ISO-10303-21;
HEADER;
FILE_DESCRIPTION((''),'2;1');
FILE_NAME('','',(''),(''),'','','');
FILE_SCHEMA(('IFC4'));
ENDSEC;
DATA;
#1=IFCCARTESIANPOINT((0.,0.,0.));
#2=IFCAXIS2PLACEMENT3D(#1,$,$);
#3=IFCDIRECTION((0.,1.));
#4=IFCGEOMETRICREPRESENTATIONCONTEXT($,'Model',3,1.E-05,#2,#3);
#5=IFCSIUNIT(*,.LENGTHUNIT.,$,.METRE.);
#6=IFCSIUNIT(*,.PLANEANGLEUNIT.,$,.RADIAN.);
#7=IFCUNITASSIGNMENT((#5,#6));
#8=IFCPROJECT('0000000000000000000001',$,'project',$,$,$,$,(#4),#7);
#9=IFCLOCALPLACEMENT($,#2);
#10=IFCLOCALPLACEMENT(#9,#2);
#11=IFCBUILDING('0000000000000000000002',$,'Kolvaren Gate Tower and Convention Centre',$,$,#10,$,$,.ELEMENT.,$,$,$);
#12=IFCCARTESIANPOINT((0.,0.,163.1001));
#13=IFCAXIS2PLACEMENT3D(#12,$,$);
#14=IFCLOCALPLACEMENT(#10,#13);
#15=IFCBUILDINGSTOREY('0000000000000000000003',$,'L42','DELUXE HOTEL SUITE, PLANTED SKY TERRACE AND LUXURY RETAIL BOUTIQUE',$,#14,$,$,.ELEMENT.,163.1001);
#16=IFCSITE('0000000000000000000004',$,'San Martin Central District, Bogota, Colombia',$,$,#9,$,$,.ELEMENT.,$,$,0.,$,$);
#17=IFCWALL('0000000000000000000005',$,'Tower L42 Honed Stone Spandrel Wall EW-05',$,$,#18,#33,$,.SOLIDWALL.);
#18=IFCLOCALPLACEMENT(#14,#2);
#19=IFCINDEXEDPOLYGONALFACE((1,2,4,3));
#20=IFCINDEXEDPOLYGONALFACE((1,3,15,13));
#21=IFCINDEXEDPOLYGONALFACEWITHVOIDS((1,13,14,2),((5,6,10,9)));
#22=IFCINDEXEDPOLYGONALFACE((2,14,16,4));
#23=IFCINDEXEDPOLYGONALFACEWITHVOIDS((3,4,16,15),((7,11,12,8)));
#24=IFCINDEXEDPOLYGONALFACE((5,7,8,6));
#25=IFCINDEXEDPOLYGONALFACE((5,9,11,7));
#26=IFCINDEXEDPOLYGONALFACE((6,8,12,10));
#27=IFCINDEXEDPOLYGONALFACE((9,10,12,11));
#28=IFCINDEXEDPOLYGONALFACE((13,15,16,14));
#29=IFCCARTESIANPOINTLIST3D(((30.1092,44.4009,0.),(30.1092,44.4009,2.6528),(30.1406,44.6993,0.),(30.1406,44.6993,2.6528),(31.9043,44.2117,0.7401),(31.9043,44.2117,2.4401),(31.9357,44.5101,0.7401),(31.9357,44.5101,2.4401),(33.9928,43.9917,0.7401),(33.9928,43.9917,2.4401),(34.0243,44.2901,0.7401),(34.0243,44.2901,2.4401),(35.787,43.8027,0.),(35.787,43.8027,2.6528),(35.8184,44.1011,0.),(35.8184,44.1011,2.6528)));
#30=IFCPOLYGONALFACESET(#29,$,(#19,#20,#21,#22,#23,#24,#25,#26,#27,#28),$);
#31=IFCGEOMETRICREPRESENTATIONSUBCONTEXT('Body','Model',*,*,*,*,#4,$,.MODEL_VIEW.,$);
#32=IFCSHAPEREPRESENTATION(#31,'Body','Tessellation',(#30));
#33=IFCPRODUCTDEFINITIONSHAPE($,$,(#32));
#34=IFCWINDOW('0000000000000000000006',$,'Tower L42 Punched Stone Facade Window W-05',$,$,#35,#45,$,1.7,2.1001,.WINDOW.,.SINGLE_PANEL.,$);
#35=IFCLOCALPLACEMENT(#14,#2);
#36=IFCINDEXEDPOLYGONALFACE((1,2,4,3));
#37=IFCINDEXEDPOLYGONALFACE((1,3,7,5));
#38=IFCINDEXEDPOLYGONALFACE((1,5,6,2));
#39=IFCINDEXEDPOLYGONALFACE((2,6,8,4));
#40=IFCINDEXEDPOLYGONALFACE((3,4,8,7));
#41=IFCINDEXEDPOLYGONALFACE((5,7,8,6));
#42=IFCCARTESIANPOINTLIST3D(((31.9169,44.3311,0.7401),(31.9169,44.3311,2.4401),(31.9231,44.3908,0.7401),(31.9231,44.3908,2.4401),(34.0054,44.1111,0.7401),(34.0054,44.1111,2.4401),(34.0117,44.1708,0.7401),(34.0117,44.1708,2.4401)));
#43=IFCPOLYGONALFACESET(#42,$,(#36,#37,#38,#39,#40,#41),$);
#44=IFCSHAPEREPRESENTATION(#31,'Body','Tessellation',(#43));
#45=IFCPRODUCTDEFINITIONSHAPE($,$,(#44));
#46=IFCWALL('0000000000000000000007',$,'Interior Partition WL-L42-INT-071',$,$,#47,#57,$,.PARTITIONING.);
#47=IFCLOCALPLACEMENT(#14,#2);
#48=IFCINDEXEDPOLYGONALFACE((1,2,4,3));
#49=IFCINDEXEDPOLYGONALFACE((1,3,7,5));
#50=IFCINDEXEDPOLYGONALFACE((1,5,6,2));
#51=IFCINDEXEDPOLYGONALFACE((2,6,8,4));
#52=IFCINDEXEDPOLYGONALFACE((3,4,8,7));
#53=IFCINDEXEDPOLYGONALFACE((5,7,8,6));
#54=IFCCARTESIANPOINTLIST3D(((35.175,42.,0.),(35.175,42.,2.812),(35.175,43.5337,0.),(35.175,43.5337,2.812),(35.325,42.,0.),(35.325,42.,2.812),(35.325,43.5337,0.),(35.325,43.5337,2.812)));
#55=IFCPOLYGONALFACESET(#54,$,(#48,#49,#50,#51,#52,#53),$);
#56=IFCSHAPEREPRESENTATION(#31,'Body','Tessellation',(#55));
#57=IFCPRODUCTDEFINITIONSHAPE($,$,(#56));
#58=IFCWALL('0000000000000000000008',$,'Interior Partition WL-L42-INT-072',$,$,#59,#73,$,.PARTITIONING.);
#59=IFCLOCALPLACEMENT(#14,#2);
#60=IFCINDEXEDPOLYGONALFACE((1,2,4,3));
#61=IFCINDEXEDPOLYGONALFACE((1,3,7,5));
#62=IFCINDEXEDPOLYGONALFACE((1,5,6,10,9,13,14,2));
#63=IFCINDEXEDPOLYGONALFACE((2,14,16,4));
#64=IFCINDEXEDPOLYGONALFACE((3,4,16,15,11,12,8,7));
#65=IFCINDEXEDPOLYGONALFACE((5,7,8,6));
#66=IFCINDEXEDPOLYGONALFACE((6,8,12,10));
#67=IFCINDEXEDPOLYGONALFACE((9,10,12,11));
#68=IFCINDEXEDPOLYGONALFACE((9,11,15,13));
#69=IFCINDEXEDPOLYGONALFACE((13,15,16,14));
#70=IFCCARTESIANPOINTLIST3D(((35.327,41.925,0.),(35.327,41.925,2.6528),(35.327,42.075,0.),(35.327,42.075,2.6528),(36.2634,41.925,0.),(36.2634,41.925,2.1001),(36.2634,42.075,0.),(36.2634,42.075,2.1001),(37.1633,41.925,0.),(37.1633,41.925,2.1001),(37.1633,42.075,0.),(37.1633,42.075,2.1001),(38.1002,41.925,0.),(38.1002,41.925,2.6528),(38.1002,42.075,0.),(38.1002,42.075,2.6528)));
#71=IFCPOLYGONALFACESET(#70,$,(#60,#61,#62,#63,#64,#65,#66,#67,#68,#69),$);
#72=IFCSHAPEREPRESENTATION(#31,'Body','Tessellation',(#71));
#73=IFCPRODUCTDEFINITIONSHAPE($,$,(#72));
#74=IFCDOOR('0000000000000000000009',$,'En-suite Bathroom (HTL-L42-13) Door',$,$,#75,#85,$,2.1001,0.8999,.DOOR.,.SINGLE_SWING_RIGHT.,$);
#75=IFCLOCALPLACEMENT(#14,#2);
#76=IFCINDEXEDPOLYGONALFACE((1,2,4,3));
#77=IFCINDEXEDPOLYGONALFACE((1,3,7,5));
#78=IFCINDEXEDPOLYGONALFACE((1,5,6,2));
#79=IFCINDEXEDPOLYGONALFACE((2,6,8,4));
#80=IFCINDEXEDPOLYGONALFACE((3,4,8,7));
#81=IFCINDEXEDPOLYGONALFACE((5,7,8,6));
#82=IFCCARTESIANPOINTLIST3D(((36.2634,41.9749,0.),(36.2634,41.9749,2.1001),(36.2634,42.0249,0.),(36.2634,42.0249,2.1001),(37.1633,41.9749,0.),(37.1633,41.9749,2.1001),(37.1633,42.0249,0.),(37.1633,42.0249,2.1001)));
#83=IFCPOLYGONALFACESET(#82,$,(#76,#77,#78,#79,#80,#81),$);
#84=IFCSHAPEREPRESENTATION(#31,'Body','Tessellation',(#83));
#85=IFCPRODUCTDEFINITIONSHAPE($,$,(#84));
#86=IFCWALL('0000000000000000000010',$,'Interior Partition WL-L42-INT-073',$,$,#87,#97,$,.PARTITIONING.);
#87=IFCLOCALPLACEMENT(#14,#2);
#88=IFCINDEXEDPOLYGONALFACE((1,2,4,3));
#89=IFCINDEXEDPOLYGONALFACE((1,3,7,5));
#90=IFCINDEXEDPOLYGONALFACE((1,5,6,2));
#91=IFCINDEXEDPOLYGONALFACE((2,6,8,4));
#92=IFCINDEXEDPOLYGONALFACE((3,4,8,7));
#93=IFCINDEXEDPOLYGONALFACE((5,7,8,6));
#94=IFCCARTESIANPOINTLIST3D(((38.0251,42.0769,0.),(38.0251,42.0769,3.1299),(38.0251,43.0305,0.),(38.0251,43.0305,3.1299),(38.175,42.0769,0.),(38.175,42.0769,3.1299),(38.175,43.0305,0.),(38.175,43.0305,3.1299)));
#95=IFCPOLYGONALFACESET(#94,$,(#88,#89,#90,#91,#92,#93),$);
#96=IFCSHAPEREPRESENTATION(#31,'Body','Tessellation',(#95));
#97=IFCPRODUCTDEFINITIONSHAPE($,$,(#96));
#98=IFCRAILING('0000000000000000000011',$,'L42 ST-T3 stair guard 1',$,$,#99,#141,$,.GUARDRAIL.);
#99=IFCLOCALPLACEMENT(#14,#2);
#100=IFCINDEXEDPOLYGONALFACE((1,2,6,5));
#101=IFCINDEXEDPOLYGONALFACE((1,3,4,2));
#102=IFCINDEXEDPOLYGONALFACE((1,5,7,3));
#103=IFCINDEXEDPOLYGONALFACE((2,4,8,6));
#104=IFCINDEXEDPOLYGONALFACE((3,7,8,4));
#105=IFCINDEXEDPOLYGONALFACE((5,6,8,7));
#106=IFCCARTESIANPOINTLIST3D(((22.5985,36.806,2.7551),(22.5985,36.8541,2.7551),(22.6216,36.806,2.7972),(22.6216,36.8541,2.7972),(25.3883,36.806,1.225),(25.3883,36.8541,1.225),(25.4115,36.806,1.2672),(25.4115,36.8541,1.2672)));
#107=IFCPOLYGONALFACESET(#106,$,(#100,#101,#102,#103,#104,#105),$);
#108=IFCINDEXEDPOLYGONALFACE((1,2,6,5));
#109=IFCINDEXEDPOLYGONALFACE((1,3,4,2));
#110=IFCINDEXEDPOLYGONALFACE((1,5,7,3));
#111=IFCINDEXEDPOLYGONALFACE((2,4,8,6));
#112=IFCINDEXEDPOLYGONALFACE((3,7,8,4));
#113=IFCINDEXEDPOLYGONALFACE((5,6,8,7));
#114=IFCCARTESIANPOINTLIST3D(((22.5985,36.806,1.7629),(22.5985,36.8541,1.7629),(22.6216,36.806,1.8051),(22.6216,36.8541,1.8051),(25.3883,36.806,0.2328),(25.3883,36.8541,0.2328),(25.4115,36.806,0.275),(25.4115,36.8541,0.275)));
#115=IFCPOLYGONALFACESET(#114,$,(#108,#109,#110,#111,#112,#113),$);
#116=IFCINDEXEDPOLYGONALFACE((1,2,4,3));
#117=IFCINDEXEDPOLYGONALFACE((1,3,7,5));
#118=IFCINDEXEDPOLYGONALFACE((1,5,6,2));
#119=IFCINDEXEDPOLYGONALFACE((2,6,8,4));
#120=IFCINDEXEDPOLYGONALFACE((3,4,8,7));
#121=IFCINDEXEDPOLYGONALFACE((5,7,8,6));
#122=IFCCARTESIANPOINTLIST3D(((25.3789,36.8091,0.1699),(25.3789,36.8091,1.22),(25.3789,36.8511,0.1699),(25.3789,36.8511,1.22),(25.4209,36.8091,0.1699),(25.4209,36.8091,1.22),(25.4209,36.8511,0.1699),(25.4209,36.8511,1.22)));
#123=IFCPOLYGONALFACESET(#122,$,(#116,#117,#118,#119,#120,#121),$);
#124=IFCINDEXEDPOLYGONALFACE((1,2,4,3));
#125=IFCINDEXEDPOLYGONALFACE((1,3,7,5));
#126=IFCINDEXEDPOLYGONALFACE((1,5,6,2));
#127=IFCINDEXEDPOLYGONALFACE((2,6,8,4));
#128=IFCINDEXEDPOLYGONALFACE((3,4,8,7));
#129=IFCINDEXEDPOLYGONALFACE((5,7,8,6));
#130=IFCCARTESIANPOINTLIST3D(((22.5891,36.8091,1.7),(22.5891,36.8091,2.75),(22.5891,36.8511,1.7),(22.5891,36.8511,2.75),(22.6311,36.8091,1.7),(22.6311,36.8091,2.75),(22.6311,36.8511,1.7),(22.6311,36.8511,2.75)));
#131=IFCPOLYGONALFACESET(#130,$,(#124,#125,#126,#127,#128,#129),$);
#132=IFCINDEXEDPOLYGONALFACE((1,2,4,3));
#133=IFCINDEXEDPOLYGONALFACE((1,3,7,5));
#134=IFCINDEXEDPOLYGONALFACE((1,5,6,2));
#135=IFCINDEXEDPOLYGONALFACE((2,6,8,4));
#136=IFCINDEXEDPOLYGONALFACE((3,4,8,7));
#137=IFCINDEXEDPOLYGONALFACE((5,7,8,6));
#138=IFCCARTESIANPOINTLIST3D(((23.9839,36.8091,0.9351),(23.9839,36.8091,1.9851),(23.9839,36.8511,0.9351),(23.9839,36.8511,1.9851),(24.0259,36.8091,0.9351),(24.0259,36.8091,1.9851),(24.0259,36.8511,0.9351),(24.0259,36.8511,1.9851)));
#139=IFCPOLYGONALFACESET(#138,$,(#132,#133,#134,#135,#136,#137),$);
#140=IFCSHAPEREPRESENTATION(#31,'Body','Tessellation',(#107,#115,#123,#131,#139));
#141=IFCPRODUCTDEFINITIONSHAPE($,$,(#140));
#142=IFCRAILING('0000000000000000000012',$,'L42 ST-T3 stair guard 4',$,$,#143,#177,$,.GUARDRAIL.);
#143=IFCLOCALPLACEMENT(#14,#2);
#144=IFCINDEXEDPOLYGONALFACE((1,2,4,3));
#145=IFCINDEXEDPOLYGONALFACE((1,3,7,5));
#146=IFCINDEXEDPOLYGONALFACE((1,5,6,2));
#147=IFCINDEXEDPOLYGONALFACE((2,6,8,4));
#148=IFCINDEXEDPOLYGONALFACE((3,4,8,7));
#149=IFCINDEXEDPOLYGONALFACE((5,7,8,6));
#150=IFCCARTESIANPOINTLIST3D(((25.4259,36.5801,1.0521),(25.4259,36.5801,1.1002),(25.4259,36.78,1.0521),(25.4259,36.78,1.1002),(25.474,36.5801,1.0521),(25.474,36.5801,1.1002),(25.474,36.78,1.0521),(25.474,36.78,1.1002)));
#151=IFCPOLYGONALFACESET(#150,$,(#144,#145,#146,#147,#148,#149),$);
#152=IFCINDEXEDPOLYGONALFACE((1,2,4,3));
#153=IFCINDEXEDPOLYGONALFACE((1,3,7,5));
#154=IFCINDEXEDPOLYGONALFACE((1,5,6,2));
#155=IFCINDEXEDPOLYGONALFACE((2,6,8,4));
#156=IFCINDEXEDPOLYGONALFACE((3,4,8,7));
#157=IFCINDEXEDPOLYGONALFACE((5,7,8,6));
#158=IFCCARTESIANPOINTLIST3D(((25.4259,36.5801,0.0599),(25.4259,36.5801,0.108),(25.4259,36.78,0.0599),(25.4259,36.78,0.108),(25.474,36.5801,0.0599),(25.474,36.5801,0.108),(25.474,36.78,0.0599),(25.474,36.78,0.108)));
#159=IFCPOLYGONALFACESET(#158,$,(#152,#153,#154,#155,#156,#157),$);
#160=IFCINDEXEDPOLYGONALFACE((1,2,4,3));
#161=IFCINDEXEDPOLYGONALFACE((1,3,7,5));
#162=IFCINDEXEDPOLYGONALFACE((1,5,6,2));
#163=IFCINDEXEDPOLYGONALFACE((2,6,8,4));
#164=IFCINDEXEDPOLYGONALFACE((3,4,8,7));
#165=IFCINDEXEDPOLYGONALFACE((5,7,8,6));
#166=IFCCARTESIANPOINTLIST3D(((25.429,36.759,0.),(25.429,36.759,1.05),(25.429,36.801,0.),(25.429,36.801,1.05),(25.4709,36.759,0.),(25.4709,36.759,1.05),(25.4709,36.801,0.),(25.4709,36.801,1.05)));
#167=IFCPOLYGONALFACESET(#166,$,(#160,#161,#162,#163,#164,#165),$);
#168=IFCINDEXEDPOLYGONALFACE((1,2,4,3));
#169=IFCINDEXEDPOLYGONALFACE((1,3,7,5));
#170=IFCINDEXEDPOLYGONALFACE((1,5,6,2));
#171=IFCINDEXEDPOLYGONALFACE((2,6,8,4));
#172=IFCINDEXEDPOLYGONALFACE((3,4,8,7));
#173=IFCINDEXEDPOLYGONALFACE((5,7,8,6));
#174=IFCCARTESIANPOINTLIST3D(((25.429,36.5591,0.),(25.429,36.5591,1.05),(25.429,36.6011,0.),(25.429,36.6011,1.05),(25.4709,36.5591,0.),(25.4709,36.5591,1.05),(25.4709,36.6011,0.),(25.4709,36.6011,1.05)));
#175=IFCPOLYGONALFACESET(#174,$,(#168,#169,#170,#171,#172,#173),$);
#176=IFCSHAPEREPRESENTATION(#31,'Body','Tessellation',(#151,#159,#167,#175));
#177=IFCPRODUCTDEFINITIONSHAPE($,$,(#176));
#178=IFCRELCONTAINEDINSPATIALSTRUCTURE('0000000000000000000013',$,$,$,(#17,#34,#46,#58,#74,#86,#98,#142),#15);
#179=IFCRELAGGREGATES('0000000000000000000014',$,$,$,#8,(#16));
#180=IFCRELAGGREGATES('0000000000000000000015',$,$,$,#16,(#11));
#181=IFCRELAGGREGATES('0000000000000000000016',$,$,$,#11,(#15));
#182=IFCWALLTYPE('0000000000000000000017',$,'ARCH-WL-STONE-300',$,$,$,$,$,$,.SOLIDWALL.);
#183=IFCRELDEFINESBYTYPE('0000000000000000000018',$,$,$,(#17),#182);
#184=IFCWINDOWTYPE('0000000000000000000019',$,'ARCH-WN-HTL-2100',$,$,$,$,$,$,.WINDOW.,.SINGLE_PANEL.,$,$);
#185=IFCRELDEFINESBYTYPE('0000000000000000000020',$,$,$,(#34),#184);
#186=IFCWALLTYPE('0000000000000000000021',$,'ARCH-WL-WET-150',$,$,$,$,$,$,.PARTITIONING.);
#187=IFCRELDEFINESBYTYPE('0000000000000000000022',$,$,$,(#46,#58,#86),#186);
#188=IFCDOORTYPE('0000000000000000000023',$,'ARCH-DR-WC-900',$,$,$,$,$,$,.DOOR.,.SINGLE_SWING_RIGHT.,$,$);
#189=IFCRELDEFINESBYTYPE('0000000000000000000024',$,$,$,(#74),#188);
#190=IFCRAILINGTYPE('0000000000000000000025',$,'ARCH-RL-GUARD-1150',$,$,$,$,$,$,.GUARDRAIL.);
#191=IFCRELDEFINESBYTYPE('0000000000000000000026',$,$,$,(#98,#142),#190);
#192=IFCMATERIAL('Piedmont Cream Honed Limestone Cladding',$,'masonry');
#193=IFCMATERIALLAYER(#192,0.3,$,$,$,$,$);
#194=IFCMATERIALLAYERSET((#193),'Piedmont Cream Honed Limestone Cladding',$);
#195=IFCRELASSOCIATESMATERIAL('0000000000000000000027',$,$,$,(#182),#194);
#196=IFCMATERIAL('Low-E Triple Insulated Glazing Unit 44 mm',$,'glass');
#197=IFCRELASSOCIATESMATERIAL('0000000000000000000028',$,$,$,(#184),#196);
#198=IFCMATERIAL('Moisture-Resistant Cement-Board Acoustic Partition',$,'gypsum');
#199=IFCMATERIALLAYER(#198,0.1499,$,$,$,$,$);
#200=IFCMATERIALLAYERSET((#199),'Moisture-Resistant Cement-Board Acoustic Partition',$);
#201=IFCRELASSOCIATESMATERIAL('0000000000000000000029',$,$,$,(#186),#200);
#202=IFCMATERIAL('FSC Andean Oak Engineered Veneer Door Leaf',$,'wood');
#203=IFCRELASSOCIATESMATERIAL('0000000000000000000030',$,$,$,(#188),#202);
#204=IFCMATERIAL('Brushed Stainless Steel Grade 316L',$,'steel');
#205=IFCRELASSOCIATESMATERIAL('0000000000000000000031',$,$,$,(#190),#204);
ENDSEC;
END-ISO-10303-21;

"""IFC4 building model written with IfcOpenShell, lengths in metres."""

from ifc_helpers import new_model, si_unit, direction, frame, frame_2d, origin, origin_2d, place, context, subcontext, project, spatial, rectangle, extrude, material, layer, layer_set, type_object, element, fill, save


model = new_model("IFC4")

# Units and contexts
model_context = context("Model", 3, precision=1e-05, world=origin(), true_north=direction((0.0, 1.0)))
body_context = subcontext(model_context, "Body", "Model", "MODEL_VIEW")
ifc_project = project(units=[si_unit("LENGTHUNIT", "METRE"), si_unit("PLANEANGLEUNIT", "RADIAN")], contexts=[model_context])

# Site, building, storey
site_placement = place(None, origin())
site = spatial("IfcSite", under=ifc_project, at=site_placement, Name="San Martin Central District, Bogota, Colombia", CompositionType="ELEMENT", RefElevation=0.0)
building_placement = place(site_placement, origin())
building = spatial("IfcBuilding", under=site, at=building_placement, Name="Kolvaren Gate Tower and Convention Centre", CompositionType="ELEMENT")
storey_placement = place(building_placement, frame((0.0, 0.0, 163.1001)))
storey = spatial("IfcBuildingStorey", under=building, at=storey_placement, Name="L42", Description="DELUXE HOTEL SUITE, PLANTED SKY TERRACE AND LUXURY RETAIL BOUTIQUE", CompositionType="ELEMENT", Elevation=163.1001)

# Shared definitions
ifc_material_1 = material(Name="Piedmont Cream Honed Limestone Cladding", Category="masonry")

# Wall, opening, window
ifc_layer_1 = layer(ifc_material_1, 0.3)
ifc_layer_set_1 = layer_set([ifc_layer_1], Name="Piedmont Cream Honed Limestone Cladding")
wall_type_1 = type_object("IfcWallType", Name="ARCH-WL-STONE-300", PredefinedType="SOLIDWALL", material=ifc_layer_set_1)
ifc_material_2 = material(Name="Low-E Triple Insulated Glazing Unit 44 mm", Category="glass")
wall_1_placement = place(storey_placement, frame((30.125, 44.55, 0.0), z_axis=(0.0, 0.0, 1.0), x_axis=(0.994497, -0.104769, 0.0)))
wall_1 = element("IfcWall", 1, at=wall_1_placement, inside=storey, type_object=wall_type_1, Name="Tower L42 Honed Stone Spandrel Wall EW-05", PredefinedType="SOLIDWALL", context=body_context, shape_type="SweptSolid", body=[
    extrude(rectangle(XDim=5.7092, YDim=0.3, at=frame_2d((2.8545, 0.0))), origin(), (0.0, 0.0, 1.0), 2.6528),
])
opening_1_placement = place(wall_1_placement, frame((1.8049, 0.0, 0.74)))
opening_1 = element("IfcOpeningElement", 2, at=opening_1_placement, cuts=wall_1, PredefinedType="OPENING", context=body_context, shape_type="SweptSolid", body=[
    extrude(rectangle(XDim=2.1001, YDim=1.7, at=frame_2d((1.05, 0.8501))), frame((0.0, 0.1599, 0.0), z_axis=(0.0, -1.0, 0.0), x_axis=(1.0, 0.0, 0.0)), (0.0, 0.0, 1.0), 0.3201),
])
window_type_1 = type_object("IfcWindowType", Name="ARCH-WN-HTL-2100", PartitioningType="SINGLE_PANEL", PredefinedType="WINDOW", material=ifc_material_2)
window_1_placement = place(opening_1_placement, origin())
window_1 = element("IfcWindow", 3, at=window_1_placement, inside=storey, type_object=window_type_1, Name="Tower L42 Punched Stone Facade Window W-05", OverallHeight=1.7, OverallWidth=2.1001, PartitioningType="SINGLE_PANEL", PredefinedType="WINDOW", context=body_context, shape_type="SweptSolid", body=[
    extrude(rectangle(XDim=2.1001, YDim=1.7, at=frame_2d((1.05, 0.8501))), frame((0.0, 0.03, 0.0), z_axis=(0.0, -1.0, 0.0), x_axis=(1.0, 0.0, 0.0)), (0.0, 0.0, 1.0), 0.0601),
])
fill(opening_1, window_1)

# Wall
ifc_material_3 = material(Name="Moisture-Resistant Cement-Board Acoustic Partition", Category="gypsum")
ifc_layer_2 = layer(ifc_material_3, 0.1499)
ifc_layer_set_2 = layer_set([ifc_layer_2], Name="Moisture-Resistant Cement-Board Acoustic Partition")
wall_type_2 = type_object("IfcWallType", Name="ARCH-WL-WET-150", PredefinedType="PARTITIONING", material=ifc_layer_set_2)
wall_2_placement = place(storey_placement, frame((35.25, 42.0, 0.0), z_axis=(0.0, 0.0, 1.0), x_axis=(0.0, 1.0, 0.0)))
element("IfcWall", 4, at=wall_2_placement, inside=storey, type_object=wall_type_2, Name="Interior Partition WL-L42-INT-071", PredefinedType="PARTITIONING", context=body_context, shape_type="SweptSolid", body=[
    extrude(rectangle(XDim=1.5337, YDim=0.1499, at=frame_2d((0.7668, 0.0))), origin(), (0.0, 0.0, 1.0), 2.812),
])

# Wall, opening, door
wall_3_placement = place(storey_placement, frame((35.3269, 42.0, 0.0), z_axis=(0.0, 0.0, 1.0), x_axis=(1.0, 0.0, 0.0)))
wall_3 = element("IfcWall", 5, at=wall_3_placement, inside=storey, type_object=wall_type_2, Name="Interior Partition WL-L42-INT-072", PredefinedType="PARTITIONING", context=body_context, shape_type="SweptSolid", body=[
    extrude(rectangle(XDim=2.7732, YDim=0.1499, at=frame_2d((1.3867, 0.0))), origin(), (0.0, 0.0, 1.0), 2.6528),
])
opening_2_placement = place(wall_3_placement, frame((0.9365, 0.0, 0.0)))
opening_2 = element("IfcOpeningElement", 6, at=opening_2_placement, cuts=wall_3, PredefinedType="OPENING", context=body_context, shape_type="SweptSolid", body=[
    extrude(rectangle(XDim=0.8999, YDim=2.1001, at=frame_2d((0.45, 1.05))), frame((0.0, 0.085, 0.0), z_axis=(0.0, -1.0, 0.0), x_axis=(1.0, 0.0, 0.0)), (0.0, 0.0, 1.0), 0.1699),
])
ifc_material_4 = material(Name="FSC Andean Oak Engineered Veneer Door Leaf", Category="wood")
door_type_1 = type_object("IfcDoorType", Name="ARCH-DR-WC-900", OperationType="SINGLE_SWING_RIGHT", PredefinedType="DOOR", material=ifc_material_4)
door_1_placement = place(opening_2_placement, origin())
door_1 = element("IfcDoor", 7, at=door_1_placement, inside=storey, type_object=door_type_1, Name="En-suite Bathroom (HTL-L42-13) Door", OperationType="SINGLE_SWING_RIGHT", OverallHeight=2.1001, OverallWidth=0.8999, PredefinedType="DOOR", context=body_context, shape_type="SweptSolid", body=[
    extrude(rectangle(XDim=0.8999, YDim=2.1001, at=frame_2d((0.45, 1.05))), frame((0.0, 0.0249, 0.0), z_axis=(0.0, -1.0, 0.0), x_axis=(1.0, 0.0, 0.0)), (0.0, 0.0, 1.0), 0.05),
])
fill(opening_2, door_1)

# Wall
wall_4_placement = place(storey_placement, frame((38.1001, 42.0769, 0.0), z_axis=(0.0, 0.0, 1.0), x_axis=(0.0, 1.0, 0.0)))
element("IfcWall", 8, at=wall_4_placement, inside=storey, type_object=wall_type_2, Name="Interior Partition WL-L42-INT-073", PredefinedType="PARTITIONING", context=body_context, shape_type="SweptSolid", body=[
    extrude(rectangle(XDim=0.9536, YDim=0.1499, at=frame_2d((0.4768, 0.0))), origin(), (0.0, 0.0, 1.0), 3.1299),
])

# Railings
ifc_material_5 = material(Name="Brushed Stainless Steel Grade 316L", Category="steel")
railing_type_1 = type_object("IfcRailingType", Name="ARCH-RL-GUARD-1150", PredefinedType="GUARDRAIL", material=ifc_material_5)
railing_1_placement = place(storey_placement, frame((25.3999, 36.8301, 0.1699)))
element("IfcRailing", 9, at=railing_1_placement, inside=storey, type_object=railing_type_1, Name="L42 ST-T3 stair guard 1", PredefinedType="GUARDRAIL", context=body_context, shape_type="SweptSolid", body=[
    extrude(rectangle(XDim=0.0481, YDim=0.0481, at=origin_2d()), frame((0.0, 0.0, 1.0762), z_axis=(-0.876794, 0.0, 0.480867), x_axis=(0.0, -1.0, 0.0)), (0.0, 0.0, 1.0), 3.1819),
    extrude(rectangle(XDim=0.0481, YDim=0.0481, at=origin_2d()), frame((0.0, 0.0, 0.084), z_axis=(-0.876794, 0.0, 0.480867), x_axis=(0.0, -1.0, 0.0)), (0.0, 0.0, 1.0), 3.1819),
    extrude(rectangle(XDim=0.042, YDim=0.042, at=origin_2d()), origin(), (0.0, 0.0, 1.0), 1.05),
    extrude(rectangle(XDim=0.042, YDim=0.042, at=origin_2d()), frame((-2.7898, 0.0, 1.53)), (0.0, 0.0, 1.0), 1.05),
    extrude(rectangle(XDim=0.042, YDim=0.042, at=origin_2d()), frame((-1.395, 0.0, 0.7651)), (0.0, 0.0, 1.0), 1.05),
])
railing_2_placement = place(storey_placement, frame((25.45, 36.78, 0.0)))
element("IfcRailing", 10, at=railing_2_placement, inside=storey, type_object=railing_type_1, Name="L42 ST-T3 stair guard 4", PredefinedType="GUARDRAIL", context=body_context, shape_type="SweptSolid", body=[
    extrude(rectangle(XDim=0.0481, YDim=0.0481, at=origin_2d()), frame((0.0, 0.0, 1.0762), z_axis=(0.0, -1.0, 0.0), x_axis=(1.0, 0.0, 0.0)), (0.0, 0.0, 1.0), 0.2),
    extrude(rectangle(XDim=0.0481, YDim=0.0481, at=origin_2d()), frame((0.0, 0.0, 0.084), z_axis=(0.0, -1.0, 0.0), x_axis=(1.0, 0.0, 0.0)), (0.0, 0.0, 1.0), 0.2),
    extrude(rectangle(XDim=0.042, YDim=0.042, at=origin_2d()), origin(), (0.0, 0.0, 1.0), 1.05),
    extrude(rectangle(XDim=0.042, YDim=0.042, at=origin_2d()), frame((0.0, -0.2, 0.0)), (0.0, 0.0, 1.0), 1.05),
])

save(model, "model.ifc")
